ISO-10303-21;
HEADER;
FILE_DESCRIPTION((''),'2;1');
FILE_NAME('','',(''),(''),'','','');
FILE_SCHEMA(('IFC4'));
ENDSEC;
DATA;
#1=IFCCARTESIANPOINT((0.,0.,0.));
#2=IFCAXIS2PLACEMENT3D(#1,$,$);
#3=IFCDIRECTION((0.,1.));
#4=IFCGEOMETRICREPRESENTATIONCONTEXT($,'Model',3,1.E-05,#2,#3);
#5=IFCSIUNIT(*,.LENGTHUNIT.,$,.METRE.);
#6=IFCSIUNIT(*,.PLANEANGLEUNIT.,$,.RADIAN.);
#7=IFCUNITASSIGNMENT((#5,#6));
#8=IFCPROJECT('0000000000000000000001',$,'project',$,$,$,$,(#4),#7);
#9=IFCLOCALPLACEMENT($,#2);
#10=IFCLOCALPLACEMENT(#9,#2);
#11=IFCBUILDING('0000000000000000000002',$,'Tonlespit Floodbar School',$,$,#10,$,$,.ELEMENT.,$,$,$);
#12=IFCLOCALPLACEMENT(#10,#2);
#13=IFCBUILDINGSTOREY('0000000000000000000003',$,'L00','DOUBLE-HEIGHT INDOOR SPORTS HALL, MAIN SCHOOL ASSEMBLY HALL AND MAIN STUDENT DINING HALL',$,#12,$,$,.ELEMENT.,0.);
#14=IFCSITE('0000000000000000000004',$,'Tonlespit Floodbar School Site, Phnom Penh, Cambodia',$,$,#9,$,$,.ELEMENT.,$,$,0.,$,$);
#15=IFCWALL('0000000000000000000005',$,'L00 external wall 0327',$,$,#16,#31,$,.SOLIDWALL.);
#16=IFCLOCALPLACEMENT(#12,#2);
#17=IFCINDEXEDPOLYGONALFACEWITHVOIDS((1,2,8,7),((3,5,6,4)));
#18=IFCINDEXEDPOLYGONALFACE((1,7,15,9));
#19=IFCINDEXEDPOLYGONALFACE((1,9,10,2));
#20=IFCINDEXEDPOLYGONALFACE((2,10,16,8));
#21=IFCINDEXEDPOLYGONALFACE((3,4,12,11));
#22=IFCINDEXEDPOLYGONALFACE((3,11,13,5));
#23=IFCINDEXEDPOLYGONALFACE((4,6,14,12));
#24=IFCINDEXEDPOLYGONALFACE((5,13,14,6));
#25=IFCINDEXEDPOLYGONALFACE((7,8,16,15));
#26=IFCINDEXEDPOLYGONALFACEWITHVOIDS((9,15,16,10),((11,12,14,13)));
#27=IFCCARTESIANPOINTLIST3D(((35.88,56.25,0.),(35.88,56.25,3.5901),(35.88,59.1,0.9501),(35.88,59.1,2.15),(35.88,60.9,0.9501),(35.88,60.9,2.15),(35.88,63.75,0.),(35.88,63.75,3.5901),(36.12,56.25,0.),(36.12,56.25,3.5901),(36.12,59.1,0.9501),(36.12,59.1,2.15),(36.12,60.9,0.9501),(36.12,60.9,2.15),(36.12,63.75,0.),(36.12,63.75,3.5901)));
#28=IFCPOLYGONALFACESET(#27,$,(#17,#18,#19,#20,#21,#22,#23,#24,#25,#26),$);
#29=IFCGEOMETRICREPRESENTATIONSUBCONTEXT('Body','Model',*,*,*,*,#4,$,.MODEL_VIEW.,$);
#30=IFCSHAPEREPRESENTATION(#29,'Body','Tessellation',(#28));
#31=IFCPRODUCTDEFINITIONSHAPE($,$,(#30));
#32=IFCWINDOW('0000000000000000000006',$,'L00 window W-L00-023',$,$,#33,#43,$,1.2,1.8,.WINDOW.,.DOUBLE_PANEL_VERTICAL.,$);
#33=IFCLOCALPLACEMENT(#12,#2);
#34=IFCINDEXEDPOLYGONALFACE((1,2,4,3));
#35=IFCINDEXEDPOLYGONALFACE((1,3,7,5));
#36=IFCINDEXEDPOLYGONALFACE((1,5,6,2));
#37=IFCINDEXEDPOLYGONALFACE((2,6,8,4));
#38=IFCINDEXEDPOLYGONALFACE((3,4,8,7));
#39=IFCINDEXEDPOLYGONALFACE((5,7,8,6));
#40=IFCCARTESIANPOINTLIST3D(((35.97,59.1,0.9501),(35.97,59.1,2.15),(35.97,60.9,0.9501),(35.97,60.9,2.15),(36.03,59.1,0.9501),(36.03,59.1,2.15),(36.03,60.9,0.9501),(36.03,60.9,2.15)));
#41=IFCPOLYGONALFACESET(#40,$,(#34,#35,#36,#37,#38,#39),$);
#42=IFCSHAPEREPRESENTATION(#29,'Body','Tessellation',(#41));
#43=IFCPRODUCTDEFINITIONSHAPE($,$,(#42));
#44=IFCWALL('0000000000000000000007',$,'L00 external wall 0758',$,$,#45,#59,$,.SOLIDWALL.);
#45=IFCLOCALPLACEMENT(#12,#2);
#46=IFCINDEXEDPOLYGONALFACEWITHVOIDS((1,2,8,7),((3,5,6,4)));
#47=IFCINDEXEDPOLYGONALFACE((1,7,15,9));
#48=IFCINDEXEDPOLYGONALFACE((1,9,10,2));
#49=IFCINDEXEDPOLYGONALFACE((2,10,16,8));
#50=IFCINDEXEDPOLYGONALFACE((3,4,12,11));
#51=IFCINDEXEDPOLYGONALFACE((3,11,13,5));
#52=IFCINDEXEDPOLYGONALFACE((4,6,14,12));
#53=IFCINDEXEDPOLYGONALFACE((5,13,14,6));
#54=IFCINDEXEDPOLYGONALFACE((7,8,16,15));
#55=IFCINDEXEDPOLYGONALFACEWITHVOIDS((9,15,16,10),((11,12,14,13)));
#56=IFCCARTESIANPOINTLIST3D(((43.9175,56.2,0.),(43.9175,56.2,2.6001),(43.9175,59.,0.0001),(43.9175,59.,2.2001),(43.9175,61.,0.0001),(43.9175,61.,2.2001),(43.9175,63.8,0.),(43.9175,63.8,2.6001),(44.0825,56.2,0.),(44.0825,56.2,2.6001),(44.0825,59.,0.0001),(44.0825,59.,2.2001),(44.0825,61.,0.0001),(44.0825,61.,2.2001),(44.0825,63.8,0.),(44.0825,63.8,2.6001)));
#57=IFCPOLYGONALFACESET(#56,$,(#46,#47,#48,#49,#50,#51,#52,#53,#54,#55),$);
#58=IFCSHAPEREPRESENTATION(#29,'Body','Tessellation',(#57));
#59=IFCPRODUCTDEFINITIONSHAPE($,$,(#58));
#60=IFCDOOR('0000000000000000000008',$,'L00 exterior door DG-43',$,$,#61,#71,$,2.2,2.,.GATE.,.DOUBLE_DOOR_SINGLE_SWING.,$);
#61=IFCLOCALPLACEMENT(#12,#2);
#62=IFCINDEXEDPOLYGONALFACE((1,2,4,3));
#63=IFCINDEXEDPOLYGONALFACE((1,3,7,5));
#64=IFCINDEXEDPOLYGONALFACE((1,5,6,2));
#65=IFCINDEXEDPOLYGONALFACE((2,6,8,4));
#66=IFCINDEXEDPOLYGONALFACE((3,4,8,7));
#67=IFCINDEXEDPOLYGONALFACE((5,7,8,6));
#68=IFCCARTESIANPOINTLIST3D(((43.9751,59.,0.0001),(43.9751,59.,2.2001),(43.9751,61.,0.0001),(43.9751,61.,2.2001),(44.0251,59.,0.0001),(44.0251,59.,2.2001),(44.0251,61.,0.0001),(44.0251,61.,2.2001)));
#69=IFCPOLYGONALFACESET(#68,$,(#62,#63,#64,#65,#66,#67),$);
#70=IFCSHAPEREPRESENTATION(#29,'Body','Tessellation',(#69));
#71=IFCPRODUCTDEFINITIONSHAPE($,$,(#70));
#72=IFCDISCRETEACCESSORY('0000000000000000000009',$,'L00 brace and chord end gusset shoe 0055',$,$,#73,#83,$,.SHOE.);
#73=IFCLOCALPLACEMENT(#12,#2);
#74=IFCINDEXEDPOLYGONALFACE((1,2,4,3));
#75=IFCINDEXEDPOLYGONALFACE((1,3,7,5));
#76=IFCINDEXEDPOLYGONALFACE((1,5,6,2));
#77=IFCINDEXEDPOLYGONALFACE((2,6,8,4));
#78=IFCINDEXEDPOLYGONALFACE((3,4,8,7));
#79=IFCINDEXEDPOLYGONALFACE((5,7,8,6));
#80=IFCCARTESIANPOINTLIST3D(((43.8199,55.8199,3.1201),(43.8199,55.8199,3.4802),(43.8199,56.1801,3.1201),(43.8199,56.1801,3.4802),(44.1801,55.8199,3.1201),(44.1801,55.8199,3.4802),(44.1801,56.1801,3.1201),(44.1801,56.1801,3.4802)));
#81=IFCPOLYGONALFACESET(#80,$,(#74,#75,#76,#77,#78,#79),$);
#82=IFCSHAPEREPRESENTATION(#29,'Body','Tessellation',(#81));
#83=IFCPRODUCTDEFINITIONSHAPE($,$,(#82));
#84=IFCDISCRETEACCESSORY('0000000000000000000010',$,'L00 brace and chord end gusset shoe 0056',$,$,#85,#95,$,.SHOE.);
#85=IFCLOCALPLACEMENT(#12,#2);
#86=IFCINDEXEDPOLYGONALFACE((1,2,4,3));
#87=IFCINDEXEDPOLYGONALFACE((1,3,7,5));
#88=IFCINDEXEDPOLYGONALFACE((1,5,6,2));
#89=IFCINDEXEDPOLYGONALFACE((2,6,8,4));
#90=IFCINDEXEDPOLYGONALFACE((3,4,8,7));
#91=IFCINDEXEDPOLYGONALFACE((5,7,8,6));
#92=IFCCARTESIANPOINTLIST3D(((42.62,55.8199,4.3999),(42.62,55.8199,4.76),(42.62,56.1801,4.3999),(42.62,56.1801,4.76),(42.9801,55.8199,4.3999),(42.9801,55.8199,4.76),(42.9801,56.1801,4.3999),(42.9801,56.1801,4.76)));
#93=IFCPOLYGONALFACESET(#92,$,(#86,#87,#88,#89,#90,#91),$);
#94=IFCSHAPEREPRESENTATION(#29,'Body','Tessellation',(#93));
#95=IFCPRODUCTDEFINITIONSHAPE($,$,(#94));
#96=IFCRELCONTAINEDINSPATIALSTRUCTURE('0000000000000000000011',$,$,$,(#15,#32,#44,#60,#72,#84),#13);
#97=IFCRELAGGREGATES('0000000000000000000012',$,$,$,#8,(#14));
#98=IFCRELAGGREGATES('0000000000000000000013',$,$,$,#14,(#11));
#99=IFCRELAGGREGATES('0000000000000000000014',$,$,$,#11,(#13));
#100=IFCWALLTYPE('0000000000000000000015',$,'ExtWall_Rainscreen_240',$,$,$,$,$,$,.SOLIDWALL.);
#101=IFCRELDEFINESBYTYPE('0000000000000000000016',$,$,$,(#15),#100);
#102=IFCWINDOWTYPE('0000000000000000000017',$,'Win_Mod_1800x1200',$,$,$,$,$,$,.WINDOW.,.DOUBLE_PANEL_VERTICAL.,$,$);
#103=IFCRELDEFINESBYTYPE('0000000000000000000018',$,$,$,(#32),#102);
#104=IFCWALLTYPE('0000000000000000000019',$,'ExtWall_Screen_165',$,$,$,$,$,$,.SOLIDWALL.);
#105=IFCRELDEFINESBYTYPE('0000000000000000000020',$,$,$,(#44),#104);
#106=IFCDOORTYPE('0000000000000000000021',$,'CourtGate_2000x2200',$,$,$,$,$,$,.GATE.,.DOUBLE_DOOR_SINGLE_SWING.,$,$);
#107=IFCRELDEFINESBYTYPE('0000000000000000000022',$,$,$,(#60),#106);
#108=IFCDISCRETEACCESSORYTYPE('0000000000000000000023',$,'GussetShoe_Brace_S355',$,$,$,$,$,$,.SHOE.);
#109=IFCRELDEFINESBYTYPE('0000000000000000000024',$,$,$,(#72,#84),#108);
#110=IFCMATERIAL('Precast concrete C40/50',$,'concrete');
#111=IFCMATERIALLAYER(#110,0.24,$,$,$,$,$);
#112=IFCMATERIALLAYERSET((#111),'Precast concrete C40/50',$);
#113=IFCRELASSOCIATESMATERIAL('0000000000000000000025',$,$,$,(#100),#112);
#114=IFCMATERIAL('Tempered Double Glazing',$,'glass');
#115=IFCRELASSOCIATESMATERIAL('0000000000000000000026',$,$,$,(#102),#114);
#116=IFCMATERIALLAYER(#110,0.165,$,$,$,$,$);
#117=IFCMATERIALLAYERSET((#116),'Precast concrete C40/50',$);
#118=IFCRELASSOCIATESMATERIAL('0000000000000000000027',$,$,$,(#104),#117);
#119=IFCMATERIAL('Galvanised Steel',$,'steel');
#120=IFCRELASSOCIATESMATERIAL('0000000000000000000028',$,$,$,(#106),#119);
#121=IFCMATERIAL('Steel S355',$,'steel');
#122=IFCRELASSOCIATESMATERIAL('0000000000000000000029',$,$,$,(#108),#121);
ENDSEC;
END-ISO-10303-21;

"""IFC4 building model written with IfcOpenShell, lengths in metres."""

from ifc_helpers import new_model, si_unit, direction, frame, frame_2d, origin, origin_2d, place, context, subcontext, project, spatial, rectangle, extrude, material, layer, layer_set, type_object, element, fill, save


model = new_model("IFC4")

# Units and contexts
model_context = context("Model", 3, precision=1e-05, world=origin(), true_north=direction((0.0, 1.0)))
body_context = subcontext(model_context, "Body", "Model", "MODEL_VIEW")
ifc_project = project(units=[si_unit("LENGTHUNIT", "METRE"), si_unit("PLANEANGLEUNIT", "RADIAN")], contexts=[model_context])

# Site, building, storey
site_placement = place(None, origin())
site = spatial("IfcSite", under=ifc_project, at=site_placement, Name="Tonlespit Floodbar School Site, Phnom Penh, Cambodia", CompositionType="ELEMENT", RefElevation=0.0)
building_placement = place(site_placement, origin())
building = spatial("IfcBuilding", under=site, at=building_placement, Name="Tonlespit Floodbar School", CompositionType="ELEMENT")
storey_placement = place(building_placement, origin())
storey = spatial("IfcBuildingStorey", under=building, at=storey_placement, Name="L00", Description="DOUBLE-HEIGHT INDOOR SPORTS HALL, MAIN SCHOOL ASSEMBLY HALL AND MAIN STUDENT DINING HALL", CompositionType="ELEMENT", Elevation=0.0)

# Shared definitions
ifc_material_1 = material(Name="Steel S355", Category="steel")

# Wall, opening, window
ifc_material_2 = material(Name="Precast concrete C40/50", Category="concrete")
ifc_layer_1 = layer(ifc_material_2, 0.24)
ifc_layer_set_1 = layer_set([ifc_layer_1], Name="Precast concrete C40/50")
wall_type_1 = type_object("IfcWallType", Name="ExtWall_Rainscreen_240", PredefinedType="SOLIDWALL", material=ifc_layer_set_1)
wall_1_placement = place(storey_placement, frame((36.0, 63.75, 0.0), z_axis=(0.0, 0.0, 1.0), x_axis=(0.0, -1.0, 0.0)))
wall_1 = element("IfcWall", 1, at=wall_1_placement, inside=storey, type_object=wall_type_1, Name="L00 external wall 0327", PredefinedType="SOLIDWALL", context=body_context, shape_type="SweptSolid", body=[
    extrude(rectangle(XDim=7.5, YDim=0.24, at=frame_2d((3.75, 0.0))), origin(), (0.0, 0.0, 1.0), 3.5901),
])
opening_1_placement = place(wall_1_placement, frame((2.8501, 0.0, 0.95)))
opening_1 = element("IfcOpeningElement", 2, at=opening_1_placement, cuts=wall_1, PredefinedType="OPENING", context=body_context, shape_type="SweptSolid", body=[
    extrude(rectangle(XDim=1.8, YDim=1.2, at=frame_2d((0.8999, 0.6001))), frame((0.0, 0.1299, 0.0), z_axis=(0.0, -1.0, 0.0), x_axis=(1.0, 0.0, 0.0)), (0.0, 0.0, 1.0), 0.26),
])
ifc_material_3 = material(Name="Tempered Double Glazing", Category="glass")
window_type = type_object("IfcWindowType", Name="Win_Mod_1800x1200", PartitioningType="DOUBLE_PANEL_VERTICAL", PredefinedType="WINDOW", material=ifc_material_3)
window_placement = place(opening_1_placement, origin())
window = element("IfcWindow", 3, at=window_placement, inside=storey, type_object=window_type, Name="L00 window W-L00-023", OverallHeight=1.2, OverallWidth=1.8, PartitioningType="DOUBLE_PANEL_VERTICAL", PredefinedType="WINDOW", context=body_context, shape_type="SweptSolid", body=[
    extrude(rectangle(XDim=1.8, YDim=1.2, at=frame_2d((0.8999, 0.6001))), frame((0.0, 0.03, 0.0), z_axis=(0.0, -1.0, 0.0), x_axis=(1.0, 0.0, 0.0)), (0.0, 0.0, 1.0), 0.0601),
])
fill(opening_1, window)

# Wall, opening, door
ifc_layer_2 = layer(ifc_material_2, 0.165)
ifc_layer_set_2 = layer_set([ifc_layer_2], Name="Precast concrete C40/50")
wall_type_2 = type_object("IfcWallType", Name="ExtWall_Screen_165", PredefinedType="SOLIDWALL", material=ifc_layer_set_2)
wall_2_placement = place(storey_placement, frame((44.0, 56.2, 0.0), z_axis=(0.0, 0.0, 1.0), x_axis=(0.0, 1.0, 0.0)))
wall_2 = element("IfcWall", 4, at=wall_2_placement, inside=storey, type_object=wall_type_2, Name="L00 external wall 0758", PredefinedType="SOLIDWALL", context=body_context, shape_type="SweptSolid", body=[
    extrude(rectangle(XDim=7.6001, YDim=0.165, at=frame_2d((3.8, 0.0))), origin(), (0.0, 0.0, 1.0), 2.6001),
])
opening_2_placement = place(wall_2_placement, frame((2.8, 0.0, 0.0)))
opening_2 = element("IfcOpeningElement", 5, at=opening_2_placement, cuts=wall_2, PredefinedType="OPENING", context=body_context, shape_type="SweptSolid", body=[
    extrude(rectangle(XDim=2.0, YDim=2.2, at=frame_2d((1.0, 1.1001))), frame((0.0, 0.0925, 0.0), z_axis=(0.0, -1.0, 0.0), x_axis=(1.0, 0.0, 0.0)), (0.0, 0.0, 1.0), 0.1851),
])
ifc_material_4 = material(Name="Galvanised Steel", Category="steel")
door_type = type_object("IfcDoorType", Name="CourtGate_2000x2200", OperationType="DOUBLE_DOOR_SINGLE_SWING", PredefinedType="GATE", material=ifc_material_4)
door_placement = place(opening_2_placement, origin())
door = element("IfcDoor", 6, at=door_placement, inside=storey, type_object=door_type, Name="L00 exterior door DG-43", OperationType="DOUBLE_DOOR_SINGLE_SWING", OverallHeight=2.2, OverallWidth=2.0, PredefinedType="GATE", context=body_context, shape_type="SweptSolid", body=[
    extrude(rectangle(XDim=2.0, YDim=2.2, at=frame_2d((1.0, 1.1001))), frame((0.0, 0.0249, 0.0), z_axis=(0.0, -1.0, 0.0), x_axis=(1.0, 0.0, 0.0)), (0.0, 0.0, 1.0), 0.05),
])
fill(opening_2, door)

# Discrete accessories
discrete_accessory_type = type_object("IfcDiscreteAccessoryType", Name="GussetShoe_Brace_S355", PredefinedType="SHOE", material=ifc_material_1)
for number, where, z_axis, x_axis, name in (
    (7, (44.0, 56.0, 3.1201), (0.0, 0.0, 1.0), (1.0, 0.0, 0.0), "L00 brace and chord end gusset shoe 0055"),
    (8, (42.8, 56.0, 4.3999), (0.0, 0.0, 1.0), (1.0, 0.0, 0.0), "L00 brace and chord end gusset shoe 0056"),
):
    element("IfcDiscreteAccessory", number, at=place(storey_placement, frame(where, z_axis=z_axis, x_axis=x_axis)), inside=storey, type_object=discrete_accessory_type, Name=name, PredefinedType="SHOE", context=body_context, shape_type="SweptSolid", body=[
        extrude(rectangle(XDim=0.3601, YDim=0.3601, at=origin_2d()), origin(), (0.0, 0.0, 1.0), 0.3601),
    ])

save(model, "model.ifc")
